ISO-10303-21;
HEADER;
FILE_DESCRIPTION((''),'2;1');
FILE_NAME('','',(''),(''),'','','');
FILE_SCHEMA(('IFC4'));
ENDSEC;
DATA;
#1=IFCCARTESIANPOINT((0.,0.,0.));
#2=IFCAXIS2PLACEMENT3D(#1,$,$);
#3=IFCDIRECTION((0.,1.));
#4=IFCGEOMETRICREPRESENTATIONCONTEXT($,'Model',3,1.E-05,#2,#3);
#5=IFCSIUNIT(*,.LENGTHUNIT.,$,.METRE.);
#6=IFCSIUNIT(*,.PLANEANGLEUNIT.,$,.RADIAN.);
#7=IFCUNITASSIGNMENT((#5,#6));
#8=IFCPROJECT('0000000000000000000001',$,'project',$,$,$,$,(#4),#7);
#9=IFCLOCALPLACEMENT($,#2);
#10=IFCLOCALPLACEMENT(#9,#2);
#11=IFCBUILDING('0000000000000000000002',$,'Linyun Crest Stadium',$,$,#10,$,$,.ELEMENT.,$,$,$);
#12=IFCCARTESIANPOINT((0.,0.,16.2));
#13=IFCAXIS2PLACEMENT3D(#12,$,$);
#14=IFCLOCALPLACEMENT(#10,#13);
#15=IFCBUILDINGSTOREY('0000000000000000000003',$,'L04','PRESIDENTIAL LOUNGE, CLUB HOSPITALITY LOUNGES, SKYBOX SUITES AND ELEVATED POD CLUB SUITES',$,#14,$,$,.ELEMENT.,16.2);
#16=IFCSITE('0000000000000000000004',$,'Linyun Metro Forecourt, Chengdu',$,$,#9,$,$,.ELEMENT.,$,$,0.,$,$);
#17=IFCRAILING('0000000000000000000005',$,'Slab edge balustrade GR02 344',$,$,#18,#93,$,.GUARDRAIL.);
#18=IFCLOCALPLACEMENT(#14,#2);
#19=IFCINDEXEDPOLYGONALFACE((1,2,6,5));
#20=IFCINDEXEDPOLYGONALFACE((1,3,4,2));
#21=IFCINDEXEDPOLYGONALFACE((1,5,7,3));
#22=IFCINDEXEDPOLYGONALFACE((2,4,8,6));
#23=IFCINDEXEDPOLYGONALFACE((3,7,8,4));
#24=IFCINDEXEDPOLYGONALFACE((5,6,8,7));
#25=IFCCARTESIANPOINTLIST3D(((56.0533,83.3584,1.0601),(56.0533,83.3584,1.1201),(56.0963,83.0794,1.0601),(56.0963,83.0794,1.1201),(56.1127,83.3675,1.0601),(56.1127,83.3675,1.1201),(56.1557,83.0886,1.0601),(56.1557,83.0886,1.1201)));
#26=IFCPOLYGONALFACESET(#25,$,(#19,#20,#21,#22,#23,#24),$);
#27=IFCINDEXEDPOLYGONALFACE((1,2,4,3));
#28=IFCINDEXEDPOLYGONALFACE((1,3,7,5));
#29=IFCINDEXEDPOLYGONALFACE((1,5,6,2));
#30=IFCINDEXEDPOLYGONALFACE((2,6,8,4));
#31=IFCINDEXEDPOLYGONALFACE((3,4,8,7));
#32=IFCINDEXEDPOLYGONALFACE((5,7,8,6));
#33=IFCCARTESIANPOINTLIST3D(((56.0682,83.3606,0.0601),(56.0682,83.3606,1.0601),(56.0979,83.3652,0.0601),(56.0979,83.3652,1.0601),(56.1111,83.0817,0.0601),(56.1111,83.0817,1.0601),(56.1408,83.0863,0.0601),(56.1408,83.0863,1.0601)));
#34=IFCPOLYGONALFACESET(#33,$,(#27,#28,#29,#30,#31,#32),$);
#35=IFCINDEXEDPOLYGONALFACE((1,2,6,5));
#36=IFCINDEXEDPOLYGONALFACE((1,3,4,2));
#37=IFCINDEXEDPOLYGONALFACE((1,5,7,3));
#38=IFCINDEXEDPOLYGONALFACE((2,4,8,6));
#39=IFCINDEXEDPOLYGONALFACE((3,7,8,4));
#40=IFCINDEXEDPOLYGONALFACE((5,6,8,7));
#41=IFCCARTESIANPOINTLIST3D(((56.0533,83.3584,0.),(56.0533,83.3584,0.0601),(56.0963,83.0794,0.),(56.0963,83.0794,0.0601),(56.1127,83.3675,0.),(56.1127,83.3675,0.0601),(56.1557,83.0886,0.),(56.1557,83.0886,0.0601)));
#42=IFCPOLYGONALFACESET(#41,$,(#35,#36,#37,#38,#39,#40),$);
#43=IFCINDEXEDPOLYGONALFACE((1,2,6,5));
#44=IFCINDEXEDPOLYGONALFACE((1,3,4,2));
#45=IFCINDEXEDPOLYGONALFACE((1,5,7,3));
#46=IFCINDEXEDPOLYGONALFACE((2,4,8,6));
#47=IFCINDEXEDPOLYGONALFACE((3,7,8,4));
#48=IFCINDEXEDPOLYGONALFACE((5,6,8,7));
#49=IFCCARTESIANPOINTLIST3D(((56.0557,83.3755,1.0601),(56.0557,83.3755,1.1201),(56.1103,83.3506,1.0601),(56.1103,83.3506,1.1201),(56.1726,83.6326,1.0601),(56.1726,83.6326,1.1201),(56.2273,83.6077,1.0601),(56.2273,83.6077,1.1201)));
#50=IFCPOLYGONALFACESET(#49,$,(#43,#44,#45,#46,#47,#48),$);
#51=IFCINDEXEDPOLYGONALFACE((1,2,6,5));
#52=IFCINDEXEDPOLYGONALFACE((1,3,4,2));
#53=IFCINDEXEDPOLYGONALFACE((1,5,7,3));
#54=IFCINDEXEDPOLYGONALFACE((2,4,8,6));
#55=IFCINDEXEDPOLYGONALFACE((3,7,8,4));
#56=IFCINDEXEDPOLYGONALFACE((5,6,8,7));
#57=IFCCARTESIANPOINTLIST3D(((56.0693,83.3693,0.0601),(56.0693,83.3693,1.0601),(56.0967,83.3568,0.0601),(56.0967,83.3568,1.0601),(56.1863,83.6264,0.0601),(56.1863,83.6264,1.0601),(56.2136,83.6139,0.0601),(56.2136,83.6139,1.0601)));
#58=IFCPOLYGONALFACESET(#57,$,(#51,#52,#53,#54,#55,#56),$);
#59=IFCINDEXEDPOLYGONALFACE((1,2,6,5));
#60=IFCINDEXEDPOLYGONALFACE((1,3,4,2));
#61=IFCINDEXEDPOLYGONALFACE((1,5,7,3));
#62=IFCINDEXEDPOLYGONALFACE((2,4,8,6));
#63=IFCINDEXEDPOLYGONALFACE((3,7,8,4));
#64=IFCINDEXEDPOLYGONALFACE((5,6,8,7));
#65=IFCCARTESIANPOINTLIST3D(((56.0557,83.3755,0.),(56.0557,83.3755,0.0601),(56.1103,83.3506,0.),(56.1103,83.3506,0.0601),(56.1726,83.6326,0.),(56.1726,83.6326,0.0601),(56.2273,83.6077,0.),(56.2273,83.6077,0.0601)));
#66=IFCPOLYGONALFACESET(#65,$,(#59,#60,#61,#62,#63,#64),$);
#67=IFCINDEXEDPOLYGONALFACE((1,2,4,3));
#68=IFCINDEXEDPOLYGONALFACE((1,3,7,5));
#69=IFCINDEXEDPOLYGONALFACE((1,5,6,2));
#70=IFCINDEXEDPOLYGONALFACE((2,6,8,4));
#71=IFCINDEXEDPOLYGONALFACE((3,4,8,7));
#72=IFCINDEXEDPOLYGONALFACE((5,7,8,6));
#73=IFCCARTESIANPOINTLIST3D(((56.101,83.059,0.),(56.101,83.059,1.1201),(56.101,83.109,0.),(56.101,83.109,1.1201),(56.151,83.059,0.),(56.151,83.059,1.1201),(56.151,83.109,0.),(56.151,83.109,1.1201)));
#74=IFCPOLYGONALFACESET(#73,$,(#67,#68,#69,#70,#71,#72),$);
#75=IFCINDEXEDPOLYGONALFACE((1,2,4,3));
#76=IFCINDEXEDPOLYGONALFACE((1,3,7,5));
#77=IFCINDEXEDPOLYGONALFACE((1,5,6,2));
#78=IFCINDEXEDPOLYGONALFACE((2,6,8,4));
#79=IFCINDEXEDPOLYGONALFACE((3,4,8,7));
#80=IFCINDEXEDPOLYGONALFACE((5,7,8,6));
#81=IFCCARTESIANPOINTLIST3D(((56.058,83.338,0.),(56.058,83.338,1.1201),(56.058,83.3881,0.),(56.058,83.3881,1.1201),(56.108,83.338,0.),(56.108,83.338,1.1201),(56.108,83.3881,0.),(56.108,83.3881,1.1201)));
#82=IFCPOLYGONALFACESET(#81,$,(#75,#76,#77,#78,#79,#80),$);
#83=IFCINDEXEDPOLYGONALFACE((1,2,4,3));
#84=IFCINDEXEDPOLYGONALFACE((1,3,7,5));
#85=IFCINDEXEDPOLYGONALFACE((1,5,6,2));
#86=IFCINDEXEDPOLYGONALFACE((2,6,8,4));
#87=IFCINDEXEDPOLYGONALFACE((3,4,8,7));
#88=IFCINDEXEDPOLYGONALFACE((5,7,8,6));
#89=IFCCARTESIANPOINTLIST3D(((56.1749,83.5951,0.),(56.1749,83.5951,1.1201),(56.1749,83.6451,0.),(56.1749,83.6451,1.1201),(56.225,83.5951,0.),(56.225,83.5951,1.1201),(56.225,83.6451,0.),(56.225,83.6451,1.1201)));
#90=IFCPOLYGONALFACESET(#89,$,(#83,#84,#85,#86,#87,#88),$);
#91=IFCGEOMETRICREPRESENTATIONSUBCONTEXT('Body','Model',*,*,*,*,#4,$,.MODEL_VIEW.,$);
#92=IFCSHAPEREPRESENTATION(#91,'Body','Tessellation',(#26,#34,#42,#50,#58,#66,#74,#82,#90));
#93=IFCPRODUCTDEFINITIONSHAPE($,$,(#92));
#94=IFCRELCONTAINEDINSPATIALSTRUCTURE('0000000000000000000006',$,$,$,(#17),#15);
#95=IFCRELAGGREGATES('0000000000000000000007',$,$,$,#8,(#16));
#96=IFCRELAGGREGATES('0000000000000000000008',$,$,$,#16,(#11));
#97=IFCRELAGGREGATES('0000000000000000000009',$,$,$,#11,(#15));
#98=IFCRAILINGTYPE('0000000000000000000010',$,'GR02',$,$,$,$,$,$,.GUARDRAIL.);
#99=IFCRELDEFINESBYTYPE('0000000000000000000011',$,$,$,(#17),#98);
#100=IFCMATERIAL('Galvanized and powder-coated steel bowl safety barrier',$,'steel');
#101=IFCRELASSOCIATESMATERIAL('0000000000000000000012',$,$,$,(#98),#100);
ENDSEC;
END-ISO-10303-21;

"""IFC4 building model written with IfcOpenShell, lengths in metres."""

from ifc_helpers import new_model, si_unit, direction, frame, origin, origin_2d, place, context, subcontext, project, spatial, rectangle, extrude, material, type_object, element, save


model = new_model("IFC4")

# Units and contexts
model_context = context("Model", 3, precision=1e-05, world=origin(), true_north=direction((0.0, 1.0)))
body_context = subcontext(model_context, "Body", "Model", "MODEL_VIEW")
ifc_project = project(units=[si_unit("LENGTHUNIT", "METRE"), si_unit("PLANEANGLEUNIT", "RADIAN")], contexts=[model_context])

# Site, building, storey
site_placement = place(None, origin())
site = spatial("IfcSite", under=ifc_project, at=site_placement, Name="Linyun Metro Forecourt, Chengdu", CompositionType="ELEMENT", RefElevation=0.0)
building_placement = place(site_placement, origin())
building = spatial("IfcBuilding", under=site, at=building_placement, Name="Linyun Crest Stadium", CompositionType="ELEMENT")
storey_placement = place(building_placement, frame((0.0, 0.0, 16.2)))
storey = spatial("IfcBuildingStorey", under=building, at=storey_placement, Name="L04", Description="PRESIDENTIAL LOUNGE, CLUB HOSPITALITY LOUNGES, SKYBOX SUITES AND ELEVATED POD CLUB SUITES", CompositionType="ELEMENT", Elevation=16.2)

# Railing
ifc_material_1 = material(Name="Galvanized and powder-coated steel bowl safety barrier", Category="steel")
railing_type = type_object("IfcRailingType", Name="GR02", PredefinedType="GUARDRAIL", material=ifc_material_1)
railing_placement = place(storey_placement, frame((56.126, 83.084, 0.0)))
element("IfcRailing", 1, at=railing_placement, inside=storey, type_object=railing_type, Name="Slab edge balustrade GR02 344", PredefinedType="GUARDRAIL", context=body_context, shape_type="SweptSolid", body=[
    extrude(rectangle(XDim=0.0601, YDim=0.0601, at=origin_2d()), frame((0.0, 0.0, 1.0901), z_axis=(-0.152187, 0.988352, 0.0), x_axis=(-0.988352, -0.152187, 0.0)), (0.0, 0.0, 1.0), 0.2822),
    extrude(rectangle(XDim=0.03, YDim=1.0, at=origin_2d()), frame((0.0, 0.0, 0.5601), z_axis=(-0.152187, 0.988352, 0.0), x_axis=(-0.988352, -0.152187, 0.0)), (0.0, 0.0, 1.0), 0.2822),
    extrude(rectangle(XDim=0.0601, YDim=0.0601, at=origin_2d()), frame((0.0, 0.0, 0.03), z_axis=(-0.152187, 0.988352, 0.0), x_axis=(-0.988352, -0.152187, 0.0)), (0.0, 0.0, 1.0), 0.2822),
    extrude(rectangle(XDim=0.0601, YDim=0.0601, at=origin_2d()), frame((-0.043, 0.2791, 1.0901), z_axis=(0.414063, 0.910248, 0.0), x_axis=(-0.910248, 0.414063, 0.0)), (0.0, 0.0, 1.0), 0.2825),
    extrude(rectangle(XDim=0.03, YDim=1.0, at=origin_2d()), frame((-0.043, 0.2791, 0.5601), z_axis=(0.414063, 0.910248, 0.0), x_axis=(-0.910248, 0.414063, 0.0)), (0.0, 0.0, 1.0), 0.2825),
    extrude(rectangle(XDim=0.0601, YDim=0.0601, at=origin_2d()), frame((-0.043, 0.2791, 0.03), z_axis=(0.414063, 0.910248, 0.0), x_axis=(-0.910248, 0.414063, 0.0)), (0.0, 0.0, 1.0), 0.2825),
    extrude(rectangle(XDim=0.05, YDim=0.05, at=origin_2d()), origin(), (0.0, 0.0, 1.0), 1.1201),
    extrude(rectangle(XDim=0.05, YDim=0.05, at=origin_2d()), frame((-0.043, 0.2791, 0.0)), (0.0, 0.0, 1.0), 1.1201),
    extrude(rectangle(XDim=0.05, YDim=0.05, at=origin_2d()), frame((0.074, 0.5361, 0.0)), (0.0, 0.0, 1.0), 1.1201),
])

save(model, "model.ifc")
